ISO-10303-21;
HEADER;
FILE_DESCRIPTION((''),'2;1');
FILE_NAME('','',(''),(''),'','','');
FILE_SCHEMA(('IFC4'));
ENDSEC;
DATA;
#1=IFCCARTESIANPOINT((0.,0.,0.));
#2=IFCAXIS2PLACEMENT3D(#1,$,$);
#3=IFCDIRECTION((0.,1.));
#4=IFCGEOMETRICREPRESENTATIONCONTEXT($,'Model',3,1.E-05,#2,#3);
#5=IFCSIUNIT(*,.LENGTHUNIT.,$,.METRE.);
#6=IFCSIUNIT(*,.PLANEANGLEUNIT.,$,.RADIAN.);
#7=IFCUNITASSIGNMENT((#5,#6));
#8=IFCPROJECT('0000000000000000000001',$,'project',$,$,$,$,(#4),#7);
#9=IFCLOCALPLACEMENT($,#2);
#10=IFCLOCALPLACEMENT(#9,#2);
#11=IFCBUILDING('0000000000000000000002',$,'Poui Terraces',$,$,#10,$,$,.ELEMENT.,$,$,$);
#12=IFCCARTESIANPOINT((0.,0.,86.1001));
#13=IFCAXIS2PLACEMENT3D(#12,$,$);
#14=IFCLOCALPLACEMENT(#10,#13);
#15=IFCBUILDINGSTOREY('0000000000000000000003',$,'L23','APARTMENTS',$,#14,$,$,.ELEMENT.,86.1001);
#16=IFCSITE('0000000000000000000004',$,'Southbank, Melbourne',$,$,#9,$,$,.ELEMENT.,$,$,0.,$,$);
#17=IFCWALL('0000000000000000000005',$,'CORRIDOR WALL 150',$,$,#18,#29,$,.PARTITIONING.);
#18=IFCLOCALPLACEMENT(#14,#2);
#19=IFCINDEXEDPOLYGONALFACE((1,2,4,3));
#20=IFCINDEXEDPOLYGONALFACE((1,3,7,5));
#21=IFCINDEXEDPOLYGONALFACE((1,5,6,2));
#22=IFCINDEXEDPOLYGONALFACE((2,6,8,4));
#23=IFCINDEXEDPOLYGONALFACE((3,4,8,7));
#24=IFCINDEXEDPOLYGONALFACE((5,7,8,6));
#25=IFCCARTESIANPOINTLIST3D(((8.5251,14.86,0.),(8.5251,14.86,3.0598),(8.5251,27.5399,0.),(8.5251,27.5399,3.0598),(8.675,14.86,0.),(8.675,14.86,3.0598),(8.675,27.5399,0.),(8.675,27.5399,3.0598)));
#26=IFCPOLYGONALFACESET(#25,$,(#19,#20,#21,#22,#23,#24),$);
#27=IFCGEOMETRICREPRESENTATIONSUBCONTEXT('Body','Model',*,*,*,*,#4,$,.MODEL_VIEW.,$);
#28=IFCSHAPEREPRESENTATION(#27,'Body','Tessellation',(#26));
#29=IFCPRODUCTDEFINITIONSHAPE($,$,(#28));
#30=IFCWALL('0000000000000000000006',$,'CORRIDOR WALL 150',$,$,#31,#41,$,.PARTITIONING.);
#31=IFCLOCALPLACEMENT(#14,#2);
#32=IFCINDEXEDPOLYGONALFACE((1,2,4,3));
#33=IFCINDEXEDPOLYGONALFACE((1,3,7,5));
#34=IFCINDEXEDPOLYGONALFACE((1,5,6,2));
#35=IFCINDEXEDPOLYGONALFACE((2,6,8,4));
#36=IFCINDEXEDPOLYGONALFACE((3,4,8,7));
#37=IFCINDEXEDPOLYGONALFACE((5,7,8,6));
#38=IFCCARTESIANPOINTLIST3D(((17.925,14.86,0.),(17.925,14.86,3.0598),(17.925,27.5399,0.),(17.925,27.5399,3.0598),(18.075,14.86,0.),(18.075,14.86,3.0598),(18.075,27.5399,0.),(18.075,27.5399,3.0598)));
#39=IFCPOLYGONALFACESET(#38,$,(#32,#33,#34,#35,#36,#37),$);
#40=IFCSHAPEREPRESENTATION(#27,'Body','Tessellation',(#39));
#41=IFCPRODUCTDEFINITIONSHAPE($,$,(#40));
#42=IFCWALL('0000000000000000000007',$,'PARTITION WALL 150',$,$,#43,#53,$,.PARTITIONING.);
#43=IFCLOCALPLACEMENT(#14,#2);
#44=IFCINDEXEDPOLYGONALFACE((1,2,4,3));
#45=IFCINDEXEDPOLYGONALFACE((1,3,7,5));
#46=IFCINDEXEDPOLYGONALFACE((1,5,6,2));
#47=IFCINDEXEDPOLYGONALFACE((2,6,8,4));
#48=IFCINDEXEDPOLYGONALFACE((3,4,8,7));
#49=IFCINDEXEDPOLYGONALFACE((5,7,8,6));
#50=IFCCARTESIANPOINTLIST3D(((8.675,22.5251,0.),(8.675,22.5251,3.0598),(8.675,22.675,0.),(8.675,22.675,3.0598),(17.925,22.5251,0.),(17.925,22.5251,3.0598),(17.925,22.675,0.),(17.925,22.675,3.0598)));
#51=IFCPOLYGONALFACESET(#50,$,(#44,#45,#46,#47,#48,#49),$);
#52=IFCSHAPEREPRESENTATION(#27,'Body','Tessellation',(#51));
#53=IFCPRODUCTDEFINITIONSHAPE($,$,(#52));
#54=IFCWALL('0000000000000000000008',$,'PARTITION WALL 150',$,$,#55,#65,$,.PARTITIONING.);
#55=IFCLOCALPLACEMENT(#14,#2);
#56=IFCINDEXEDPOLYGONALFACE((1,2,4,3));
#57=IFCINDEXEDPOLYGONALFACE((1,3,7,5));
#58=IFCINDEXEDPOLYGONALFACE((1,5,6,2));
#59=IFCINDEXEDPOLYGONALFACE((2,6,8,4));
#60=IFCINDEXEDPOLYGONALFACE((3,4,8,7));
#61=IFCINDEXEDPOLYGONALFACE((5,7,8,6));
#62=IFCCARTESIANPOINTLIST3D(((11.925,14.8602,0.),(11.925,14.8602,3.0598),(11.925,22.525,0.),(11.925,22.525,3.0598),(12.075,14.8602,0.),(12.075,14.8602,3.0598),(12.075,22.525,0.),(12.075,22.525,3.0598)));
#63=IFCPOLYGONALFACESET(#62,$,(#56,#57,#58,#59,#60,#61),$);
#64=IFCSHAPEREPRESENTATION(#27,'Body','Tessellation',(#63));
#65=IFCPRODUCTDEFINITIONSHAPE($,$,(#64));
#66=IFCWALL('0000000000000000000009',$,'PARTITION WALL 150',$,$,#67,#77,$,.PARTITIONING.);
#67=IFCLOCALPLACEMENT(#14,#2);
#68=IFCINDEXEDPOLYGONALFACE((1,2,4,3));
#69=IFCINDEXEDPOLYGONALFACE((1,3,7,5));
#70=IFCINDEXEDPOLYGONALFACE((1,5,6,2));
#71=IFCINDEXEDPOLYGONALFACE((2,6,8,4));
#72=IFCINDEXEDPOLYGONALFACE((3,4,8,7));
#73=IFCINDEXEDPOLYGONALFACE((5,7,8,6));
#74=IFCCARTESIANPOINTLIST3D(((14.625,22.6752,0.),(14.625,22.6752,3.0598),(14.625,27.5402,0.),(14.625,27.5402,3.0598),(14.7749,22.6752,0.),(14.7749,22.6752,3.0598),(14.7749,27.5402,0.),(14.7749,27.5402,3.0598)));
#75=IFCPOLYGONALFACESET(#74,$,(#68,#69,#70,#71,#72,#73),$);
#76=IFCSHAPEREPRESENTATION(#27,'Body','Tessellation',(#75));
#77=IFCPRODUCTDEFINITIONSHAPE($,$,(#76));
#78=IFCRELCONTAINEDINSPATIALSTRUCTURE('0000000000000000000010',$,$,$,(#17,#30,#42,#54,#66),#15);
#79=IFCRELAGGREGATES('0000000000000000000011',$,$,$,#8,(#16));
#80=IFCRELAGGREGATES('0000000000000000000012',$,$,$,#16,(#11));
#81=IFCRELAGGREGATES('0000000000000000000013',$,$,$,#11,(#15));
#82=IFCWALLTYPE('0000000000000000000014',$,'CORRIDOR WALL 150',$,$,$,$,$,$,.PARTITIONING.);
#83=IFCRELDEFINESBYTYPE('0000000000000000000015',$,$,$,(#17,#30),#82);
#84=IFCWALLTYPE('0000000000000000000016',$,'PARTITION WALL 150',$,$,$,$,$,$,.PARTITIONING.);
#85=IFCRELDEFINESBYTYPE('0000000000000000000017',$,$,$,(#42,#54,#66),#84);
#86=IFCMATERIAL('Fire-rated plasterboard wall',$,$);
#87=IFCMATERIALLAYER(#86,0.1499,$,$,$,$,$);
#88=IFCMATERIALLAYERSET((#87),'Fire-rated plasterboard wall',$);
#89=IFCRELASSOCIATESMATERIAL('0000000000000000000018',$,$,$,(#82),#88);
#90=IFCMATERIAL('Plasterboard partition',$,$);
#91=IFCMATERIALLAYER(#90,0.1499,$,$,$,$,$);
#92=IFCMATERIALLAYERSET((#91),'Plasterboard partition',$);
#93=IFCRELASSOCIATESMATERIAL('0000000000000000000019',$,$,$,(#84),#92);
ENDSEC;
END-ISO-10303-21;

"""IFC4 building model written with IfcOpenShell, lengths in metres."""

from ifc_helpers import new_model, si_unit, direction, frame, frame_2d, origin, place, context, subcontext, project, spatial, rectangle, extrude, material, layer, layer_set, type_object, element, save


model = new_model("IFC4")

# Units and contexts
model_context = context("Model", 3, precision=1e-05, world=origin(), true_north=direction((0.0, 1.0)))
body_context = subcontext(model_context, "Body", "Model", "MODEL_VIEW")
ifc_project = project(units=[si_unit("LENGTHUNIT", "METRE"), si_unit("PLANEANGLEUNIT", "RADIAN")], contexts=[model_context])

# Site, building, storey
site_placement = place(None, origin())
site = spatial("IfcSite", under=ifc_project, at=site_placement, Name="Southbank, Melbourne", CompositionType="ELEMENT", RefElevation=0.0)
building_placement = place(site_placement, origin())
building = spatial("IfcBuilding", under=site, at=building_placement, Name="Poui Terraces", CompositionType="ELEMENT")
storey_placement = place(building_placement, frame((0.0, 0.0, 86.1001)))
storey = spatial("IfcBuildingStorey", under=building, at=storey_placement, Name="L23", Description="APARTMENTS", CompositionType="ELEMENT", Elevation=86.1001)

# Walls
ifc_material_1 = material(Name="Fire-rated plasterboard wall")
ifc_layer_1 = layer(ifc_material_1, 0.1499)
ifc_layer_set_1 = layer_set([ifc_layer_1], Name="Fire-rated plasterboard wall")
wall_type_1 = type_object("IfcWallType", Name="CORRIDOR WALL 150", PredefinedType="PARTITIONING", material=ifc_layer_set_1)
for number, where, z_axis, x_axis, name in (
    (1, (8.6001, 14.8601, 0.0), (0.0, 0.0, 1.0), (0.0, 1.0, 0.0), "CORRIDOR WALL 150"),
    (2, (18.0, 14.8601, 0.0), (0.0, 0.0, 1.0), (0.0, 1.0, 0.0), "CORRIDOR WALL 150"),
):
    element("IfcWall", number, at=place(storey_placement, frame(where, z_axis=z_axis, x_axis=x_axis)), inside=storey, type_object=wall_type_1, Name=name, PredefinedType="PARTITIONING", context=body_context, shape_type="SweptSolid", body=[
        extrude(rectangle(XDim=12.6799, YDim=0.1499, at=frame_2d((6.3398, 0.0))), origin(), (0.0, 0.0, 1.0), 3.0598),
    ])
ifc_material_2 = material(Name="Plasterboard partition")
ifc_layer_2 = layer(ifc_material_2, 0.1499)
ifc_layer_set_2 = layer_set([ifc_layer_2], Name="Plasterboard partition")
wall_type_2 = type_object("IfcWallType", Name="PARTITION WALL 150", PredefinedType="PARTITIONING", material=ifc_layer_set_2)
wall_1_placement = place(storey_placement, frame((8.675, 22.6001, 0.0), z_axis=(0.0, 0.0, 1.0), x_axis=(1.0, 0.0, 0.0)))
element("IfcWall", 3, at=wall_1_placement, inside=storey, type_object=wall_type_2, Name="PARTITION WALL 150", PredefinedType="PARTITIONING", context=body_context, shape_type="SweptSolid", body=[
    extrude(rectangle(XDim=9.25, YDim=0.1499, at=frame_2d((4.625, 0.0))), origin(), (0.0, 0.0, 1.0), 3.0598),
])
wall_2_placement = place(storey_placement, frame((12.0, 14.8601, 0.0), z_axis=(0.0, 0.0, 1.0), x_axis=(0.0, 1.0, 0.0)))
element("IfcWall", 4, at=wall_2_placement, inside=storey, type_object=wall_type_2, Name="PARTITION WALL 150", PredefinedType="PARTITIONING", context=body_context, shape_type="SweptSolid", body=[
    extrude(rectangle(XDim=7.6648, YDim=0.1499, at=frame_2d((3.8325, 0.0))), origin(), (0.0, 0.0, 1.0), 3.0598),
])
wall_3_placement = place(storey_placement, frame((14.7, 22.675, 0.0), z_axis=(0.0, 0.0, 1.0), x_axis=(0.0, 1.0, 0.0)))
element("IfcWall", 5, at=wall_3_placement, inside=storey, type_object=wall_type_2, Name="PARTITION WALL 150", PredefinedType="PARTITIONING", context=body_context, shape_type="SweptSolid", body=[
    extrude(rectangle(XDim=4.865, YDim=0.1499, at=frame_2d((2.4326, 0.0))), origin(), (0.0, 0.0, 1.0), 3.0598),
])

save(model, "model.ifc")
